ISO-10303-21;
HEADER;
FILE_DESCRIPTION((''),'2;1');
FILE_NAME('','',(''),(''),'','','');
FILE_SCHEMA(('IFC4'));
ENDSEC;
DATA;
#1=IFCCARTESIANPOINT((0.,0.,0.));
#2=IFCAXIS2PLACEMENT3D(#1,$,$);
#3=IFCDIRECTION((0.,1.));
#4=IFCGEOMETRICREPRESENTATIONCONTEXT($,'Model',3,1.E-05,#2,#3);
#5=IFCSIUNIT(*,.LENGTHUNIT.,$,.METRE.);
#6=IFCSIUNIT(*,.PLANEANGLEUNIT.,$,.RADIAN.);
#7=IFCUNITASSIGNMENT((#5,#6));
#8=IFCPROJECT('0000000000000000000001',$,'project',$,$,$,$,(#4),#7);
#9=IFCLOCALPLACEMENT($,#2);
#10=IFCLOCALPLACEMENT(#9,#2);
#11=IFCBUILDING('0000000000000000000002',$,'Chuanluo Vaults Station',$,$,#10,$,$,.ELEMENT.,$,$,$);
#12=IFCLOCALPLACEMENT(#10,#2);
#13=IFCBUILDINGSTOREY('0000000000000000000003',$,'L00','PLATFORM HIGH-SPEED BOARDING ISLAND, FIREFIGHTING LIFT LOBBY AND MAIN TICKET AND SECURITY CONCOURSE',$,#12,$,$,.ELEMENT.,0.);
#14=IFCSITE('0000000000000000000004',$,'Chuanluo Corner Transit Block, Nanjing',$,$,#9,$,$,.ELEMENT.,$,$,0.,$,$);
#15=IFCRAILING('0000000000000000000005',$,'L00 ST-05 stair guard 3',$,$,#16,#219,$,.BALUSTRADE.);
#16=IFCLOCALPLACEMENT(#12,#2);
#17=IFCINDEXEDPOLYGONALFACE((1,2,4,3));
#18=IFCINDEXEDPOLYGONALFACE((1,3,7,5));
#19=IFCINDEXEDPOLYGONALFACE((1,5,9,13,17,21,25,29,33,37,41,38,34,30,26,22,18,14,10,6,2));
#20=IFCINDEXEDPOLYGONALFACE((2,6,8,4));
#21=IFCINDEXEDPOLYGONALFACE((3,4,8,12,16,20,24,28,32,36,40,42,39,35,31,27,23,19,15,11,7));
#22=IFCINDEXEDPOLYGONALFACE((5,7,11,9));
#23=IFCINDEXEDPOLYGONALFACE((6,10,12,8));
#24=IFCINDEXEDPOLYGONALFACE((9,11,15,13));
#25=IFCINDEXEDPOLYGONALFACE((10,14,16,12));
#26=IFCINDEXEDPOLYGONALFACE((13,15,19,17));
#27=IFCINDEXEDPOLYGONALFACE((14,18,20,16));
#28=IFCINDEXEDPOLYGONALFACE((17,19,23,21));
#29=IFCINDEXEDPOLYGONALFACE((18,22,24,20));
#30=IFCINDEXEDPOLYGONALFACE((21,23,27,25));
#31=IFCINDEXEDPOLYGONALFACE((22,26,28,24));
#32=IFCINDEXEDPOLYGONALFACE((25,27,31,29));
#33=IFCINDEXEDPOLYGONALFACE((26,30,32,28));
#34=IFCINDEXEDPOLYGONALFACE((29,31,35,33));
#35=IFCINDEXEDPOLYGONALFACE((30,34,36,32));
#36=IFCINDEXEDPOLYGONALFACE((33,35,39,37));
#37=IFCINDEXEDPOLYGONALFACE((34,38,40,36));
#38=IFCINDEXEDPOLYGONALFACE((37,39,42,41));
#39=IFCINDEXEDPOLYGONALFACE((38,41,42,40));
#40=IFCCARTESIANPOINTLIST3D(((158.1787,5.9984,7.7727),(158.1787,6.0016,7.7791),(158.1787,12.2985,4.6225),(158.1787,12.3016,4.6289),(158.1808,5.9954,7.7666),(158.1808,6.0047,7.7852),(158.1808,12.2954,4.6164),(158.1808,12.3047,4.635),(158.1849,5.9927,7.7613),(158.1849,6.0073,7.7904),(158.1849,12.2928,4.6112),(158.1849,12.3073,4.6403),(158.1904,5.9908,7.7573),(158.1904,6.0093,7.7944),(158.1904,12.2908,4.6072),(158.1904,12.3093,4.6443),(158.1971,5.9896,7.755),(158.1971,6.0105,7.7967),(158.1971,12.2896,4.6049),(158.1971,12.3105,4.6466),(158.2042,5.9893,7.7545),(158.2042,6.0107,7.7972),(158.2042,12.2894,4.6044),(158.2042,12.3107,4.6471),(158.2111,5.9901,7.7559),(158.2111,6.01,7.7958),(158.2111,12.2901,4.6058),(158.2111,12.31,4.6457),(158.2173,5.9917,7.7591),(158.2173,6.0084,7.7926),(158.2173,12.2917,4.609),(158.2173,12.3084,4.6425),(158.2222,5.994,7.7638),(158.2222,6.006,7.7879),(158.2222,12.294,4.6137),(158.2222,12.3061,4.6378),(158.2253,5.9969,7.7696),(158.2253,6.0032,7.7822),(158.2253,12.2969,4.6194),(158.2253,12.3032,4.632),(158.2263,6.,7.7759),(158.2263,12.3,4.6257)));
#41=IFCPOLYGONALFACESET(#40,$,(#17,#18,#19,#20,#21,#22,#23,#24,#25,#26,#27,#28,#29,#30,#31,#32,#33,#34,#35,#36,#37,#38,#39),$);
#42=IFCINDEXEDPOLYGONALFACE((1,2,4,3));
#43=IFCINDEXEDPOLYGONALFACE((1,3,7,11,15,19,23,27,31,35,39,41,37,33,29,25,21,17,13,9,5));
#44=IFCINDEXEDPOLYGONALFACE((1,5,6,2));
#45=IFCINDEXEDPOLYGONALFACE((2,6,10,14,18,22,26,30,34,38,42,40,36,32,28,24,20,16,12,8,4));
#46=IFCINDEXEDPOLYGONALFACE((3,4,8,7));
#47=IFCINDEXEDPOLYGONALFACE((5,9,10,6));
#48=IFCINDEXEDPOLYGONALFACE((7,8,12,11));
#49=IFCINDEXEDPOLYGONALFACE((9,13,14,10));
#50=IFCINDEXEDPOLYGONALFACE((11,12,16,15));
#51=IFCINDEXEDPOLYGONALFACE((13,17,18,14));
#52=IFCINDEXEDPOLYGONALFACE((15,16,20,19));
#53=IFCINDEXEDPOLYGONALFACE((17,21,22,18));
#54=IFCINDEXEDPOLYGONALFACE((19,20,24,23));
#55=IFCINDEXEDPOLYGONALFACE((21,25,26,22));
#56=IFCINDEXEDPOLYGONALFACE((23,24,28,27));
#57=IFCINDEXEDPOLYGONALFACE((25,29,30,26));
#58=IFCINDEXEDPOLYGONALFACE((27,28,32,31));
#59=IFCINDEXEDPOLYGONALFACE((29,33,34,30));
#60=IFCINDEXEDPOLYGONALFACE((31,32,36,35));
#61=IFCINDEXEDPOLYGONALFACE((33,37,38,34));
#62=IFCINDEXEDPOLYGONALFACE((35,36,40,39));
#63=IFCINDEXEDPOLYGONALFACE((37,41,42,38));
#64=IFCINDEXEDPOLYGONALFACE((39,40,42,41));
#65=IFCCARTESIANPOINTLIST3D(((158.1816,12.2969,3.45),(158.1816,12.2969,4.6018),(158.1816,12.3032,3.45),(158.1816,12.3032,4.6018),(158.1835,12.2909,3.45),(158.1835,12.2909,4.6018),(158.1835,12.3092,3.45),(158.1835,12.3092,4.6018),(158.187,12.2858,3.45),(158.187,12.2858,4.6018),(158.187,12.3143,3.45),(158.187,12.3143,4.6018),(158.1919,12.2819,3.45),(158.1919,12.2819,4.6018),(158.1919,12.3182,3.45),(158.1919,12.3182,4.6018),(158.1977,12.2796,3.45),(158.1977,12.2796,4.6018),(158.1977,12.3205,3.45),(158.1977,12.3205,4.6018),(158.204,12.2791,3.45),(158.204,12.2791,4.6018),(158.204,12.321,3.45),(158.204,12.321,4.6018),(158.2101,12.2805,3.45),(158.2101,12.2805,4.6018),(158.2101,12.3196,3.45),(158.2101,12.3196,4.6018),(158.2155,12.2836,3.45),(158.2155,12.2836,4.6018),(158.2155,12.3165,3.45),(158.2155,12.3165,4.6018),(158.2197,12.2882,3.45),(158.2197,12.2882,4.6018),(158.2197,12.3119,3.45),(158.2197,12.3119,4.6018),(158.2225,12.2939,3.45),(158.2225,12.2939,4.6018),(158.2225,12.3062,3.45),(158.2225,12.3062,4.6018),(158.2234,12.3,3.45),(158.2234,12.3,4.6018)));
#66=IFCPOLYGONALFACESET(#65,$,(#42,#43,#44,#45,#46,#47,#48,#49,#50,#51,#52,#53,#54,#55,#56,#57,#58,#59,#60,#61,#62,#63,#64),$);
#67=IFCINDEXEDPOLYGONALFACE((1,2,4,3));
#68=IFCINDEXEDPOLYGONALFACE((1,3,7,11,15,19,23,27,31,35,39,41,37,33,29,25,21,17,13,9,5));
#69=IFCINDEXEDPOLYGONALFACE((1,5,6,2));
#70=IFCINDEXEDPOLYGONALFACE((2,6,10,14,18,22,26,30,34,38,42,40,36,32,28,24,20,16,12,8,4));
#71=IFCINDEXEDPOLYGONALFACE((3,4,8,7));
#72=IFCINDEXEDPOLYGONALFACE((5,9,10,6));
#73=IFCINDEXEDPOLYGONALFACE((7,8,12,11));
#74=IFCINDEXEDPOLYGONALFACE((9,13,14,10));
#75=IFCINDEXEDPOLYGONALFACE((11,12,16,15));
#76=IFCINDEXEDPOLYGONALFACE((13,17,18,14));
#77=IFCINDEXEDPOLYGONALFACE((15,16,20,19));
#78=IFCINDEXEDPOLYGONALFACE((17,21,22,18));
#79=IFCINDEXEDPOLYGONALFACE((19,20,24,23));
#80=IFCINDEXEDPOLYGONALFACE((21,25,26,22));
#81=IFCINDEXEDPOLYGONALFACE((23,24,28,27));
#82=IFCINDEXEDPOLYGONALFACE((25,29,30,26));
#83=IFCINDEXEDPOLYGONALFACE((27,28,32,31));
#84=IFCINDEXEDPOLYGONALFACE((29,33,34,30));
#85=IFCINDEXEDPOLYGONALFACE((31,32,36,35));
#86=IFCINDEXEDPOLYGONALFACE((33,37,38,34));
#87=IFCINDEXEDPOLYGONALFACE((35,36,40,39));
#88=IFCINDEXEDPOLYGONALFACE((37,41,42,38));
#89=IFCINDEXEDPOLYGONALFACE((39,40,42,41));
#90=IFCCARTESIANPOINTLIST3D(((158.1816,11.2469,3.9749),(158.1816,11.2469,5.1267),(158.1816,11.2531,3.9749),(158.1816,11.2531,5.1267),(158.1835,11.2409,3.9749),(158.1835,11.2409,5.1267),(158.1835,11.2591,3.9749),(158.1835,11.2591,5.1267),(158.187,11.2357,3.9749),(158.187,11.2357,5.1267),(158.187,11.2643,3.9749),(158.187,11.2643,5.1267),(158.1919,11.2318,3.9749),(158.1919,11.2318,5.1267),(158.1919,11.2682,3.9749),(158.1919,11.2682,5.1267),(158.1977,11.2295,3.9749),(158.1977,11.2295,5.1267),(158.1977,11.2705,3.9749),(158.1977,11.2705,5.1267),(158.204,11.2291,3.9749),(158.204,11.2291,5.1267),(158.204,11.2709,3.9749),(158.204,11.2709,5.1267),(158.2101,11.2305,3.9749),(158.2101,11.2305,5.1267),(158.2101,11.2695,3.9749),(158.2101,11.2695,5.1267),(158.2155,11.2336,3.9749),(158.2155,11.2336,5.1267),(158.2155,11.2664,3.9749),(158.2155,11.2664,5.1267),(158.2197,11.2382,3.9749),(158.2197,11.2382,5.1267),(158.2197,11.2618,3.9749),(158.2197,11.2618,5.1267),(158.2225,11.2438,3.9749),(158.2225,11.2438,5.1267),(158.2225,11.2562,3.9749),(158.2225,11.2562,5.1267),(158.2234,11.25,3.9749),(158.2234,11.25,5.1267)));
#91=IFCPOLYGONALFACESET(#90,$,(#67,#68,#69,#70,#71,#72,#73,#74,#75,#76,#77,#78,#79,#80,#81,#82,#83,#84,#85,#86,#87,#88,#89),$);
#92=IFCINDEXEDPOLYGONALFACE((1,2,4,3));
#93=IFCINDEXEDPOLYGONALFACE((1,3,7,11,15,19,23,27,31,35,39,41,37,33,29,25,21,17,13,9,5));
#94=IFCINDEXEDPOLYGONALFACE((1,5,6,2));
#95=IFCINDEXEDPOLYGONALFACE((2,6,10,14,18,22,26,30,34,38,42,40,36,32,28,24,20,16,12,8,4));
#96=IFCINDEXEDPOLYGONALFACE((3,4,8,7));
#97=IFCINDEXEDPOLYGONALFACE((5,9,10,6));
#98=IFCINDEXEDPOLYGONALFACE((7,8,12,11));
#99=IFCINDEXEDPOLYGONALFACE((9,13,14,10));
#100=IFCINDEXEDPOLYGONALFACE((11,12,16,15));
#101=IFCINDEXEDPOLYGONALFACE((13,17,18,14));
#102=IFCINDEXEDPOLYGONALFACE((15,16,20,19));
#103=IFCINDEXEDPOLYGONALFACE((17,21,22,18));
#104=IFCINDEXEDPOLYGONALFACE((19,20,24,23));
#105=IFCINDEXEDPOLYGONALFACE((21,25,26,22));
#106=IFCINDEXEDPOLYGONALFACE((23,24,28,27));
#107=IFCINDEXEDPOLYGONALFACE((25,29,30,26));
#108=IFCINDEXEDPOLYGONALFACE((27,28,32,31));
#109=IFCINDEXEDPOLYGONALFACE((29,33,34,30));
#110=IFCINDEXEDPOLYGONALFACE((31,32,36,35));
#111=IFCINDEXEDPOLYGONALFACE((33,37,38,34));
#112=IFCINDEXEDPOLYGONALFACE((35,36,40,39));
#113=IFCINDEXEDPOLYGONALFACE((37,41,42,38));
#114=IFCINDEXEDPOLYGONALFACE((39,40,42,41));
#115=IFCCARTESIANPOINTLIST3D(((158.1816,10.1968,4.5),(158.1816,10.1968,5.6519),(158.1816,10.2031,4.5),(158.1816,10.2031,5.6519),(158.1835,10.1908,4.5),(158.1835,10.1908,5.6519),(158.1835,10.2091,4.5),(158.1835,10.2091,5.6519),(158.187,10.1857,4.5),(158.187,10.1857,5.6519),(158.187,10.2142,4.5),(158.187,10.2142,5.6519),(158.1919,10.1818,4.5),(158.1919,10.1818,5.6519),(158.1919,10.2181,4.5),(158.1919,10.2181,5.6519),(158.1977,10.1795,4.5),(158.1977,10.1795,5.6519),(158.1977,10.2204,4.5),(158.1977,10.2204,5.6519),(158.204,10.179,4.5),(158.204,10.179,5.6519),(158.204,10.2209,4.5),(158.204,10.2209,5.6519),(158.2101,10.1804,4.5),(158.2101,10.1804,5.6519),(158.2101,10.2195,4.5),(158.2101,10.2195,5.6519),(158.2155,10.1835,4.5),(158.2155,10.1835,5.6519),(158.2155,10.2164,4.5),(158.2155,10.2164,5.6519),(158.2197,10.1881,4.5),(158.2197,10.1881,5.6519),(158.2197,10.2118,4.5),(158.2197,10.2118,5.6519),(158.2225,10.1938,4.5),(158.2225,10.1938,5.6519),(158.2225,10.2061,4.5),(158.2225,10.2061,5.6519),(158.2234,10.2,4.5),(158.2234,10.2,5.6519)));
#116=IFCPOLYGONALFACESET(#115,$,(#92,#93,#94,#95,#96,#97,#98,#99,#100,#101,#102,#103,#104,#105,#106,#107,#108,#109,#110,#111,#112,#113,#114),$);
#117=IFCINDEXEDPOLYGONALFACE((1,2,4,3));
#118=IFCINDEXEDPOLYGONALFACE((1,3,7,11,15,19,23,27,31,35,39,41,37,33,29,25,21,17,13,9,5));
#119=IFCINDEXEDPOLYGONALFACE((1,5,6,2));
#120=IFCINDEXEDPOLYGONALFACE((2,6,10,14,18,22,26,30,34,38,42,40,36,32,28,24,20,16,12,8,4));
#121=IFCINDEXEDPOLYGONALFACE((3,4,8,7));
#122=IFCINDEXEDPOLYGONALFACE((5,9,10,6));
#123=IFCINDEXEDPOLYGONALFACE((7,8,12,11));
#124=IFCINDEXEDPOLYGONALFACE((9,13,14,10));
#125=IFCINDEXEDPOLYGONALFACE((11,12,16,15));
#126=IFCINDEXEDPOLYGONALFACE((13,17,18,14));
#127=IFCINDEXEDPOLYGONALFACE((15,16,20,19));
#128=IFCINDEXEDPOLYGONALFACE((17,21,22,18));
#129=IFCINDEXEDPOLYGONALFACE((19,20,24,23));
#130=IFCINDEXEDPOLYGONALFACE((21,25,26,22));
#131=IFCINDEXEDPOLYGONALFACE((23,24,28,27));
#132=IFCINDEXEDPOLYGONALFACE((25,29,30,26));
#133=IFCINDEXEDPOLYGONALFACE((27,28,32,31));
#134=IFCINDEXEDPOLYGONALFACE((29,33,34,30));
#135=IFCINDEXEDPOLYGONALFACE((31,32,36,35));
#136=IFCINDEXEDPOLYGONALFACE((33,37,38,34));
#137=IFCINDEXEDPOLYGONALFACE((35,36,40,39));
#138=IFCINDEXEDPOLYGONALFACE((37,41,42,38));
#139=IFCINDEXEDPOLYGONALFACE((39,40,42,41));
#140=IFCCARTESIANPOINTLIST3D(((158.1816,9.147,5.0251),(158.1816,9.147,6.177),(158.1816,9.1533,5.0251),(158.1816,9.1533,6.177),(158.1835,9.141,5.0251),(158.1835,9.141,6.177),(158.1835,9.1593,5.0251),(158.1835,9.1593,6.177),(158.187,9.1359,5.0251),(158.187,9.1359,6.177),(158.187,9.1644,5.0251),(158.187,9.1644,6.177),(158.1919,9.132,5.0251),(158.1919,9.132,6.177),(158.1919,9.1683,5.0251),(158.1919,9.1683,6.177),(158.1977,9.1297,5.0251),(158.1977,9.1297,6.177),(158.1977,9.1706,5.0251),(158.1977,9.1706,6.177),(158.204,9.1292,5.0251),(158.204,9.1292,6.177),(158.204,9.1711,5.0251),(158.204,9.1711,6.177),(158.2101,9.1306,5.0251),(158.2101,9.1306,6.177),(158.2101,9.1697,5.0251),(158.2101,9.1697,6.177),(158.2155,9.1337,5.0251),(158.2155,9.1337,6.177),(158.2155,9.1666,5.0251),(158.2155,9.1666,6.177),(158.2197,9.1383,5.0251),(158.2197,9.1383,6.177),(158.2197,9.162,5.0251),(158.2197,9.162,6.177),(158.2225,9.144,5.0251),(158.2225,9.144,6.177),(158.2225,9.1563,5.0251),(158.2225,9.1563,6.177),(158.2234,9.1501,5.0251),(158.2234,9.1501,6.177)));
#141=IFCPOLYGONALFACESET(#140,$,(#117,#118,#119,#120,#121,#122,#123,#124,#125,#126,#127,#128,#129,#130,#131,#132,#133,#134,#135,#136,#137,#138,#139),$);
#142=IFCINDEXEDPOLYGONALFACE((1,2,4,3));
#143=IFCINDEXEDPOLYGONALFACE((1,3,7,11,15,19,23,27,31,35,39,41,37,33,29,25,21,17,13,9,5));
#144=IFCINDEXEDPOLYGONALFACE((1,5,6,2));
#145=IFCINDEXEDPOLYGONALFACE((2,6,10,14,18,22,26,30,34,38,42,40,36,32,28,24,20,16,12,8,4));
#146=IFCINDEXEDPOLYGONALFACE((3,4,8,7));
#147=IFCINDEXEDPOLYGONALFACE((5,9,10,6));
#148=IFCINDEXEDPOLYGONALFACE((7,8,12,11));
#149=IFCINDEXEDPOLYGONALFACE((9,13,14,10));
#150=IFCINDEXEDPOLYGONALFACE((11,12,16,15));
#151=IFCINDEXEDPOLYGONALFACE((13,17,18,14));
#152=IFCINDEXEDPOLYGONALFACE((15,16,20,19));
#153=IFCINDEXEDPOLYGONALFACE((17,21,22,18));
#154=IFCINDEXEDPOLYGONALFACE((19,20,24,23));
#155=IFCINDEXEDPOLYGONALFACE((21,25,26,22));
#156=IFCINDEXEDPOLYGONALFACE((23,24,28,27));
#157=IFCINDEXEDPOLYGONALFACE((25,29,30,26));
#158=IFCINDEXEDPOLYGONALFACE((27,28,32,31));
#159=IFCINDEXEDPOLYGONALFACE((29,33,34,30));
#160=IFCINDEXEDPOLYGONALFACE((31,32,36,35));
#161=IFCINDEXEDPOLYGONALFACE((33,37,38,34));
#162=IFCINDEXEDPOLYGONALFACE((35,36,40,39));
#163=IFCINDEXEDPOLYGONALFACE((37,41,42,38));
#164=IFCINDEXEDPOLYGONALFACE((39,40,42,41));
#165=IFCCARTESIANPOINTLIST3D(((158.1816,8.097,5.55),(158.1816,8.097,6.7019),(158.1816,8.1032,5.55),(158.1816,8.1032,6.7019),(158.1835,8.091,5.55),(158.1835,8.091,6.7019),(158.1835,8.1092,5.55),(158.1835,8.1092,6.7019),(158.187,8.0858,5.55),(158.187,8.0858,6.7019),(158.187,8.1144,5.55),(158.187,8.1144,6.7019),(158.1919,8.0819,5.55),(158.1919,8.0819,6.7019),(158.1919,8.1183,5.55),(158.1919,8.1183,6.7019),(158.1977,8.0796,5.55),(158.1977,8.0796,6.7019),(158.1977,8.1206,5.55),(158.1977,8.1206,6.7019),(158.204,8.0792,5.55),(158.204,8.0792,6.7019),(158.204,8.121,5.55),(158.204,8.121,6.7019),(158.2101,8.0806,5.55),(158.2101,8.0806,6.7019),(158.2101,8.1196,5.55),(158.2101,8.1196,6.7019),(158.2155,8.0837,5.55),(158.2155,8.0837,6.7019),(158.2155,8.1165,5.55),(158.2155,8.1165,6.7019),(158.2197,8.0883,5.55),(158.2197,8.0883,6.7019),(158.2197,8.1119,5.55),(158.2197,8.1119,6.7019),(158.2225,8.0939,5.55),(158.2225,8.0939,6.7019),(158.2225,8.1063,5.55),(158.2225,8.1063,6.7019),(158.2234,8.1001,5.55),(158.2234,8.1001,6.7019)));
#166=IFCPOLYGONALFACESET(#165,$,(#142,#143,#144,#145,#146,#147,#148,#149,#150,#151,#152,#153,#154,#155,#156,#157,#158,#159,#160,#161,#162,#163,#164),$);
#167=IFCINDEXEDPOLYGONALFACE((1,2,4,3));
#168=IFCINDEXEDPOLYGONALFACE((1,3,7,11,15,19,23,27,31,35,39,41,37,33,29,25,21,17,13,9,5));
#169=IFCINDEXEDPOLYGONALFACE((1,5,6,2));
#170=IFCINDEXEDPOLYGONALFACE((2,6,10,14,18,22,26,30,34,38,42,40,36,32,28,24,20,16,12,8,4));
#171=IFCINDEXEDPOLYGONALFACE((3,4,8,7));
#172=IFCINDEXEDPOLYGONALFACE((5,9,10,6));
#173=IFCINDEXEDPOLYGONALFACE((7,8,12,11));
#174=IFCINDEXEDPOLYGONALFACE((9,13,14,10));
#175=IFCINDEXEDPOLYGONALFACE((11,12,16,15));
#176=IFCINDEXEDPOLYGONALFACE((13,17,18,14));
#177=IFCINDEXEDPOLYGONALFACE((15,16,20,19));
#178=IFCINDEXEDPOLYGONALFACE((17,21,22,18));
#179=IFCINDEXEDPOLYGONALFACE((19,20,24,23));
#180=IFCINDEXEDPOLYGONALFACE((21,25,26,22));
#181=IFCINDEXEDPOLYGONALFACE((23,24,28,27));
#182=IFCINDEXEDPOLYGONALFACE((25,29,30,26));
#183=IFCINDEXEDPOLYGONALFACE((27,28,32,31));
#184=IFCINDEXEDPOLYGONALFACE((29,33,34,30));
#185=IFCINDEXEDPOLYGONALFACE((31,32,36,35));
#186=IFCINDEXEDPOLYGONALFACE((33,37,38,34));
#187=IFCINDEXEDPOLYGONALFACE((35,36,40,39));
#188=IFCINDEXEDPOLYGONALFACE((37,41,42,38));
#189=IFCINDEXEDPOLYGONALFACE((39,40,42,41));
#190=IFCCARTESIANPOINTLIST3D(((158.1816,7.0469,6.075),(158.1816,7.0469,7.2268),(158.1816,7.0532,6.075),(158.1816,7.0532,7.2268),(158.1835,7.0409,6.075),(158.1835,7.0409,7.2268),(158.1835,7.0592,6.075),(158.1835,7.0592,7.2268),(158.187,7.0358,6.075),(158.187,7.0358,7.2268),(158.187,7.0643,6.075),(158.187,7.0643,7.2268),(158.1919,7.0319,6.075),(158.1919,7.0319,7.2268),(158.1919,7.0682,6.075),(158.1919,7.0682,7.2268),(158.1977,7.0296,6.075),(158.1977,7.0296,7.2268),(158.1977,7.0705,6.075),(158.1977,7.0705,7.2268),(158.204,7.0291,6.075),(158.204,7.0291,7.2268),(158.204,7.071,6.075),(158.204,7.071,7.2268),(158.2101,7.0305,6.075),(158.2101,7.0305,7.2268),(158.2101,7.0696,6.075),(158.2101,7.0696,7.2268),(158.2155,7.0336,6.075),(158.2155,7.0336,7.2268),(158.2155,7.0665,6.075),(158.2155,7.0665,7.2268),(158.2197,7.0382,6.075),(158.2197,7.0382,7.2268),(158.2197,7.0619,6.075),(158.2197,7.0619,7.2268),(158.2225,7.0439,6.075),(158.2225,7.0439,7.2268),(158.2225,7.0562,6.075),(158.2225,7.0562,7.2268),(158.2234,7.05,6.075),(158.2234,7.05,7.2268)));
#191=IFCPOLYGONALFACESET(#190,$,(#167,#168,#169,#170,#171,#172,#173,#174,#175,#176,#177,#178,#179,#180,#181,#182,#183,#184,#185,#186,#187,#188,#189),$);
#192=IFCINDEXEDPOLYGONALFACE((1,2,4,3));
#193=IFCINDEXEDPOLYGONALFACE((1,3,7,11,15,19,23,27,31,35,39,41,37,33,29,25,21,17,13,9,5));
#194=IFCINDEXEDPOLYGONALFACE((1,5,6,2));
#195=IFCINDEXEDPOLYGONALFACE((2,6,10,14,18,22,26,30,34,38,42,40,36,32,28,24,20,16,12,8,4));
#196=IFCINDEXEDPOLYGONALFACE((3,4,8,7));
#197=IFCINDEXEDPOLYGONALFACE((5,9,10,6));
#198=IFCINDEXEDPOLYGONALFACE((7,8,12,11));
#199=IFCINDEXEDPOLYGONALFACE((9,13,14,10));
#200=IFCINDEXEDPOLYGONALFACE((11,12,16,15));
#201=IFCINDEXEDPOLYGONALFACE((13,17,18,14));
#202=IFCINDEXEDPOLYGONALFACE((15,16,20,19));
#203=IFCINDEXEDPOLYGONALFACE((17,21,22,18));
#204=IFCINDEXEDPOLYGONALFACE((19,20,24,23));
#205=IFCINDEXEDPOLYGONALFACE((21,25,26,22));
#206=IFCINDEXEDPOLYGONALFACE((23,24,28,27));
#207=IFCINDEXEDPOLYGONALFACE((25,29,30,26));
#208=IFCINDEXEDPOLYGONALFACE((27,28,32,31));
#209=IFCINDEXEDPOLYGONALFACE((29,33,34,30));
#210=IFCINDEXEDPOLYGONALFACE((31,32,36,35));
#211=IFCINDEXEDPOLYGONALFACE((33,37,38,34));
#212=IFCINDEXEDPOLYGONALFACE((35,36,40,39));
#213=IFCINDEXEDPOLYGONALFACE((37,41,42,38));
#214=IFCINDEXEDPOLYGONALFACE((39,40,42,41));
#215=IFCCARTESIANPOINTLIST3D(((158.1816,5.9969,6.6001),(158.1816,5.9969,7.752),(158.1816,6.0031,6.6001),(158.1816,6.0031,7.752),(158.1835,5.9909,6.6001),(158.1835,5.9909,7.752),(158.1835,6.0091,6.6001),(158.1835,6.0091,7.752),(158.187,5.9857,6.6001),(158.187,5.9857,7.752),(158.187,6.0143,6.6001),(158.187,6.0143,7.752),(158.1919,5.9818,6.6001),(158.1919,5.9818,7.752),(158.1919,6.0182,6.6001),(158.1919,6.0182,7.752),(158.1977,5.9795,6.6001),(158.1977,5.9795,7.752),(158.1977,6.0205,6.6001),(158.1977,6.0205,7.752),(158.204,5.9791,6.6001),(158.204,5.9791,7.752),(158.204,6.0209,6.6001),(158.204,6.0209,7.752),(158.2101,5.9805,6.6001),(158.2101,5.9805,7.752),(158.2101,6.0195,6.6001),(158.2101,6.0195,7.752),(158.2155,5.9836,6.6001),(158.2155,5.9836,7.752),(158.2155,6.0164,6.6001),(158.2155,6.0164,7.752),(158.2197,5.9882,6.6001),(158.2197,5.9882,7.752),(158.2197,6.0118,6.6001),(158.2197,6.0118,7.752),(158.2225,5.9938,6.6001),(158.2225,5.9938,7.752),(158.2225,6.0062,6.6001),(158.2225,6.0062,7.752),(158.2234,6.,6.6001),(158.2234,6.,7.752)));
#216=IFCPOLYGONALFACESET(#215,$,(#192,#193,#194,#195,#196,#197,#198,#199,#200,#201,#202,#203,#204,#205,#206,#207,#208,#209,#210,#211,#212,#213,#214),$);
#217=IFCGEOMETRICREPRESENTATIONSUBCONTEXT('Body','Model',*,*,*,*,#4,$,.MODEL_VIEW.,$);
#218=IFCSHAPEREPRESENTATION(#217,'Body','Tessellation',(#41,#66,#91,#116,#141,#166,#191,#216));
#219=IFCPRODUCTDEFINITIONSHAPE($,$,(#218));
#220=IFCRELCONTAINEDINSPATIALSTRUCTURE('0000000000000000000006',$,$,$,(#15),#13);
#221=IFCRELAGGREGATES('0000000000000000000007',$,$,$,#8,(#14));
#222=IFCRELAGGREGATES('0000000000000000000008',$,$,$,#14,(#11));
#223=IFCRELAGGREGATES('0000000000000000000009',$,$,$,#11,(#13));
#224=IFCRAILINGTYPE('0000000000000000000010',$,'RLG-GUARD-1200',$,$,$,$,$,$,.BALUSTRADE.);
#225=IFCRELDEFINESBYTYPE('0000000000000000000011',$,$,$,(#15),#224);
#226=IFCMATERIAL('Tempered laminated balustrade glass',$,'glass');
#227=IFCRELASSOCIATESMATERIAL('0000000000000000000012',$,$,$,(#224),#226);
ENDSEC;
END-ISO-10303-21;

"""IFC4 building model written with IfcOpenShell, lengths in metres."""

from ifc_helpers import new_model, si_unit, direction, frame, origin, origin_2d, place, context, subcontext, project, spatial, circle, extrude, material, type_object, element, save


model = new_model("IFC4")

# Units and contexts
model_context = context("Model", 3, precision=1e-05, world=origin(), true_north=direction((0.0, 1.0)))
body_context = subcontext(model_context, "Body", "Model", "MODEL_VIEW")
ifc_project = project(units=[si_unit("LENGTHUNIT", "METRE"), si_unit("PLANEANGLEUNIT", "RADIAN")], contexts=[model_context])

# Site, building, storey
site_placement = place(None, origin())
site = spatial("IfcSite", under=ifc_project, at=site_placement, Name="Chuanluo Corner Transit Block, Nanjing", CompositionType="ELEMENT", RefElevation=0.0)
building_placement = place(site_placement, origin())
building = spatial("IfcBuilding", under=site, at=building_placement, Name="Chuanluo Vaults Station", CompositionType="ELEMENT")
storey_placement = place(building_placement, origin())
storey = spatial("IfcBuildingStorey", under=building, at=storey_placement, Name="L00", Description="PLATFORM HIGH-SPEED BOARDING ISLAND, FIREFIGHTING LIFT LOBBY AND MAIN TICKET AND SECURITY CONCOURSE", CompositionType="ELEMENT", Elevation=0.0)

# Railing
ifc_material_1 = material(Name="Tempered laminated balustrade glass", Category="glass")
railing_type_1 = type_object("IfcRailingType", Name="RLG-GUARD-1200", PredefinedType="BALUSTRADE", material=ifc_material_1)
railing_1_placement = place(storey_placement, frame((158.2024, 12.3, 3.45)))
element("IfcRailing", 1, at=railing_1_placement, inside=storey, type_object=railing_type_1, Name="L00 ST-05 stair guard 3", PredefinedType="BALUSTRADE", context=body_context, shape_type="SweptSolid", body=[
    extrude(circle(Radius=0.0239, at=origin_2d()), frame((0.0, 0.0, 1.1758), z_axis=(0.0, -0.89442, 0.447227), x_axis=(1.0, 0.0, 0.0)), (0.0, 0.0, 1.0), 7.0437),
    extrude(circle(Radius=0.021, at=origin_2d()), origin(), (0.0, 0.0, 1.0), 1.1519),
    extrude(circle(Radius=0.021, at=origin_2d()), frame((0.0, -1.05, 0.5249)), (0.0, 0.0, 1.0), 1.1519),
    extrude(circle(Radius=0.021, at=origin_2d()), frame((0.0, -2.1001, 1.05)), (0.0, 0.0, 1.0), 1.1519),
    extrude(circle(Radius=0.021, at=origin_2d()), frame((0.0, -3.1499, 1.5752)), (0.0, 0.0, 1.0), 1.1519),
    extrude(circle(Radius=0.021, at=origin_2d()), frame((0.0, -4.2, 2.1001)), (0.0, 0.0, 1.0), 1.1519),
    extrude(circle(Radius=0.021, at=origin_2d()), frame((0.0, -5.25, 2.625)), (0.0, 0.0, 1.0), 1.1519),
    extrude(circle(Radius=0.021, at=origin_2d()), frame((0.0, -6.3, 3.1501)), (0.0, 0.0, 1.0), 1.1519),
])

save(model, "model.ifc")
